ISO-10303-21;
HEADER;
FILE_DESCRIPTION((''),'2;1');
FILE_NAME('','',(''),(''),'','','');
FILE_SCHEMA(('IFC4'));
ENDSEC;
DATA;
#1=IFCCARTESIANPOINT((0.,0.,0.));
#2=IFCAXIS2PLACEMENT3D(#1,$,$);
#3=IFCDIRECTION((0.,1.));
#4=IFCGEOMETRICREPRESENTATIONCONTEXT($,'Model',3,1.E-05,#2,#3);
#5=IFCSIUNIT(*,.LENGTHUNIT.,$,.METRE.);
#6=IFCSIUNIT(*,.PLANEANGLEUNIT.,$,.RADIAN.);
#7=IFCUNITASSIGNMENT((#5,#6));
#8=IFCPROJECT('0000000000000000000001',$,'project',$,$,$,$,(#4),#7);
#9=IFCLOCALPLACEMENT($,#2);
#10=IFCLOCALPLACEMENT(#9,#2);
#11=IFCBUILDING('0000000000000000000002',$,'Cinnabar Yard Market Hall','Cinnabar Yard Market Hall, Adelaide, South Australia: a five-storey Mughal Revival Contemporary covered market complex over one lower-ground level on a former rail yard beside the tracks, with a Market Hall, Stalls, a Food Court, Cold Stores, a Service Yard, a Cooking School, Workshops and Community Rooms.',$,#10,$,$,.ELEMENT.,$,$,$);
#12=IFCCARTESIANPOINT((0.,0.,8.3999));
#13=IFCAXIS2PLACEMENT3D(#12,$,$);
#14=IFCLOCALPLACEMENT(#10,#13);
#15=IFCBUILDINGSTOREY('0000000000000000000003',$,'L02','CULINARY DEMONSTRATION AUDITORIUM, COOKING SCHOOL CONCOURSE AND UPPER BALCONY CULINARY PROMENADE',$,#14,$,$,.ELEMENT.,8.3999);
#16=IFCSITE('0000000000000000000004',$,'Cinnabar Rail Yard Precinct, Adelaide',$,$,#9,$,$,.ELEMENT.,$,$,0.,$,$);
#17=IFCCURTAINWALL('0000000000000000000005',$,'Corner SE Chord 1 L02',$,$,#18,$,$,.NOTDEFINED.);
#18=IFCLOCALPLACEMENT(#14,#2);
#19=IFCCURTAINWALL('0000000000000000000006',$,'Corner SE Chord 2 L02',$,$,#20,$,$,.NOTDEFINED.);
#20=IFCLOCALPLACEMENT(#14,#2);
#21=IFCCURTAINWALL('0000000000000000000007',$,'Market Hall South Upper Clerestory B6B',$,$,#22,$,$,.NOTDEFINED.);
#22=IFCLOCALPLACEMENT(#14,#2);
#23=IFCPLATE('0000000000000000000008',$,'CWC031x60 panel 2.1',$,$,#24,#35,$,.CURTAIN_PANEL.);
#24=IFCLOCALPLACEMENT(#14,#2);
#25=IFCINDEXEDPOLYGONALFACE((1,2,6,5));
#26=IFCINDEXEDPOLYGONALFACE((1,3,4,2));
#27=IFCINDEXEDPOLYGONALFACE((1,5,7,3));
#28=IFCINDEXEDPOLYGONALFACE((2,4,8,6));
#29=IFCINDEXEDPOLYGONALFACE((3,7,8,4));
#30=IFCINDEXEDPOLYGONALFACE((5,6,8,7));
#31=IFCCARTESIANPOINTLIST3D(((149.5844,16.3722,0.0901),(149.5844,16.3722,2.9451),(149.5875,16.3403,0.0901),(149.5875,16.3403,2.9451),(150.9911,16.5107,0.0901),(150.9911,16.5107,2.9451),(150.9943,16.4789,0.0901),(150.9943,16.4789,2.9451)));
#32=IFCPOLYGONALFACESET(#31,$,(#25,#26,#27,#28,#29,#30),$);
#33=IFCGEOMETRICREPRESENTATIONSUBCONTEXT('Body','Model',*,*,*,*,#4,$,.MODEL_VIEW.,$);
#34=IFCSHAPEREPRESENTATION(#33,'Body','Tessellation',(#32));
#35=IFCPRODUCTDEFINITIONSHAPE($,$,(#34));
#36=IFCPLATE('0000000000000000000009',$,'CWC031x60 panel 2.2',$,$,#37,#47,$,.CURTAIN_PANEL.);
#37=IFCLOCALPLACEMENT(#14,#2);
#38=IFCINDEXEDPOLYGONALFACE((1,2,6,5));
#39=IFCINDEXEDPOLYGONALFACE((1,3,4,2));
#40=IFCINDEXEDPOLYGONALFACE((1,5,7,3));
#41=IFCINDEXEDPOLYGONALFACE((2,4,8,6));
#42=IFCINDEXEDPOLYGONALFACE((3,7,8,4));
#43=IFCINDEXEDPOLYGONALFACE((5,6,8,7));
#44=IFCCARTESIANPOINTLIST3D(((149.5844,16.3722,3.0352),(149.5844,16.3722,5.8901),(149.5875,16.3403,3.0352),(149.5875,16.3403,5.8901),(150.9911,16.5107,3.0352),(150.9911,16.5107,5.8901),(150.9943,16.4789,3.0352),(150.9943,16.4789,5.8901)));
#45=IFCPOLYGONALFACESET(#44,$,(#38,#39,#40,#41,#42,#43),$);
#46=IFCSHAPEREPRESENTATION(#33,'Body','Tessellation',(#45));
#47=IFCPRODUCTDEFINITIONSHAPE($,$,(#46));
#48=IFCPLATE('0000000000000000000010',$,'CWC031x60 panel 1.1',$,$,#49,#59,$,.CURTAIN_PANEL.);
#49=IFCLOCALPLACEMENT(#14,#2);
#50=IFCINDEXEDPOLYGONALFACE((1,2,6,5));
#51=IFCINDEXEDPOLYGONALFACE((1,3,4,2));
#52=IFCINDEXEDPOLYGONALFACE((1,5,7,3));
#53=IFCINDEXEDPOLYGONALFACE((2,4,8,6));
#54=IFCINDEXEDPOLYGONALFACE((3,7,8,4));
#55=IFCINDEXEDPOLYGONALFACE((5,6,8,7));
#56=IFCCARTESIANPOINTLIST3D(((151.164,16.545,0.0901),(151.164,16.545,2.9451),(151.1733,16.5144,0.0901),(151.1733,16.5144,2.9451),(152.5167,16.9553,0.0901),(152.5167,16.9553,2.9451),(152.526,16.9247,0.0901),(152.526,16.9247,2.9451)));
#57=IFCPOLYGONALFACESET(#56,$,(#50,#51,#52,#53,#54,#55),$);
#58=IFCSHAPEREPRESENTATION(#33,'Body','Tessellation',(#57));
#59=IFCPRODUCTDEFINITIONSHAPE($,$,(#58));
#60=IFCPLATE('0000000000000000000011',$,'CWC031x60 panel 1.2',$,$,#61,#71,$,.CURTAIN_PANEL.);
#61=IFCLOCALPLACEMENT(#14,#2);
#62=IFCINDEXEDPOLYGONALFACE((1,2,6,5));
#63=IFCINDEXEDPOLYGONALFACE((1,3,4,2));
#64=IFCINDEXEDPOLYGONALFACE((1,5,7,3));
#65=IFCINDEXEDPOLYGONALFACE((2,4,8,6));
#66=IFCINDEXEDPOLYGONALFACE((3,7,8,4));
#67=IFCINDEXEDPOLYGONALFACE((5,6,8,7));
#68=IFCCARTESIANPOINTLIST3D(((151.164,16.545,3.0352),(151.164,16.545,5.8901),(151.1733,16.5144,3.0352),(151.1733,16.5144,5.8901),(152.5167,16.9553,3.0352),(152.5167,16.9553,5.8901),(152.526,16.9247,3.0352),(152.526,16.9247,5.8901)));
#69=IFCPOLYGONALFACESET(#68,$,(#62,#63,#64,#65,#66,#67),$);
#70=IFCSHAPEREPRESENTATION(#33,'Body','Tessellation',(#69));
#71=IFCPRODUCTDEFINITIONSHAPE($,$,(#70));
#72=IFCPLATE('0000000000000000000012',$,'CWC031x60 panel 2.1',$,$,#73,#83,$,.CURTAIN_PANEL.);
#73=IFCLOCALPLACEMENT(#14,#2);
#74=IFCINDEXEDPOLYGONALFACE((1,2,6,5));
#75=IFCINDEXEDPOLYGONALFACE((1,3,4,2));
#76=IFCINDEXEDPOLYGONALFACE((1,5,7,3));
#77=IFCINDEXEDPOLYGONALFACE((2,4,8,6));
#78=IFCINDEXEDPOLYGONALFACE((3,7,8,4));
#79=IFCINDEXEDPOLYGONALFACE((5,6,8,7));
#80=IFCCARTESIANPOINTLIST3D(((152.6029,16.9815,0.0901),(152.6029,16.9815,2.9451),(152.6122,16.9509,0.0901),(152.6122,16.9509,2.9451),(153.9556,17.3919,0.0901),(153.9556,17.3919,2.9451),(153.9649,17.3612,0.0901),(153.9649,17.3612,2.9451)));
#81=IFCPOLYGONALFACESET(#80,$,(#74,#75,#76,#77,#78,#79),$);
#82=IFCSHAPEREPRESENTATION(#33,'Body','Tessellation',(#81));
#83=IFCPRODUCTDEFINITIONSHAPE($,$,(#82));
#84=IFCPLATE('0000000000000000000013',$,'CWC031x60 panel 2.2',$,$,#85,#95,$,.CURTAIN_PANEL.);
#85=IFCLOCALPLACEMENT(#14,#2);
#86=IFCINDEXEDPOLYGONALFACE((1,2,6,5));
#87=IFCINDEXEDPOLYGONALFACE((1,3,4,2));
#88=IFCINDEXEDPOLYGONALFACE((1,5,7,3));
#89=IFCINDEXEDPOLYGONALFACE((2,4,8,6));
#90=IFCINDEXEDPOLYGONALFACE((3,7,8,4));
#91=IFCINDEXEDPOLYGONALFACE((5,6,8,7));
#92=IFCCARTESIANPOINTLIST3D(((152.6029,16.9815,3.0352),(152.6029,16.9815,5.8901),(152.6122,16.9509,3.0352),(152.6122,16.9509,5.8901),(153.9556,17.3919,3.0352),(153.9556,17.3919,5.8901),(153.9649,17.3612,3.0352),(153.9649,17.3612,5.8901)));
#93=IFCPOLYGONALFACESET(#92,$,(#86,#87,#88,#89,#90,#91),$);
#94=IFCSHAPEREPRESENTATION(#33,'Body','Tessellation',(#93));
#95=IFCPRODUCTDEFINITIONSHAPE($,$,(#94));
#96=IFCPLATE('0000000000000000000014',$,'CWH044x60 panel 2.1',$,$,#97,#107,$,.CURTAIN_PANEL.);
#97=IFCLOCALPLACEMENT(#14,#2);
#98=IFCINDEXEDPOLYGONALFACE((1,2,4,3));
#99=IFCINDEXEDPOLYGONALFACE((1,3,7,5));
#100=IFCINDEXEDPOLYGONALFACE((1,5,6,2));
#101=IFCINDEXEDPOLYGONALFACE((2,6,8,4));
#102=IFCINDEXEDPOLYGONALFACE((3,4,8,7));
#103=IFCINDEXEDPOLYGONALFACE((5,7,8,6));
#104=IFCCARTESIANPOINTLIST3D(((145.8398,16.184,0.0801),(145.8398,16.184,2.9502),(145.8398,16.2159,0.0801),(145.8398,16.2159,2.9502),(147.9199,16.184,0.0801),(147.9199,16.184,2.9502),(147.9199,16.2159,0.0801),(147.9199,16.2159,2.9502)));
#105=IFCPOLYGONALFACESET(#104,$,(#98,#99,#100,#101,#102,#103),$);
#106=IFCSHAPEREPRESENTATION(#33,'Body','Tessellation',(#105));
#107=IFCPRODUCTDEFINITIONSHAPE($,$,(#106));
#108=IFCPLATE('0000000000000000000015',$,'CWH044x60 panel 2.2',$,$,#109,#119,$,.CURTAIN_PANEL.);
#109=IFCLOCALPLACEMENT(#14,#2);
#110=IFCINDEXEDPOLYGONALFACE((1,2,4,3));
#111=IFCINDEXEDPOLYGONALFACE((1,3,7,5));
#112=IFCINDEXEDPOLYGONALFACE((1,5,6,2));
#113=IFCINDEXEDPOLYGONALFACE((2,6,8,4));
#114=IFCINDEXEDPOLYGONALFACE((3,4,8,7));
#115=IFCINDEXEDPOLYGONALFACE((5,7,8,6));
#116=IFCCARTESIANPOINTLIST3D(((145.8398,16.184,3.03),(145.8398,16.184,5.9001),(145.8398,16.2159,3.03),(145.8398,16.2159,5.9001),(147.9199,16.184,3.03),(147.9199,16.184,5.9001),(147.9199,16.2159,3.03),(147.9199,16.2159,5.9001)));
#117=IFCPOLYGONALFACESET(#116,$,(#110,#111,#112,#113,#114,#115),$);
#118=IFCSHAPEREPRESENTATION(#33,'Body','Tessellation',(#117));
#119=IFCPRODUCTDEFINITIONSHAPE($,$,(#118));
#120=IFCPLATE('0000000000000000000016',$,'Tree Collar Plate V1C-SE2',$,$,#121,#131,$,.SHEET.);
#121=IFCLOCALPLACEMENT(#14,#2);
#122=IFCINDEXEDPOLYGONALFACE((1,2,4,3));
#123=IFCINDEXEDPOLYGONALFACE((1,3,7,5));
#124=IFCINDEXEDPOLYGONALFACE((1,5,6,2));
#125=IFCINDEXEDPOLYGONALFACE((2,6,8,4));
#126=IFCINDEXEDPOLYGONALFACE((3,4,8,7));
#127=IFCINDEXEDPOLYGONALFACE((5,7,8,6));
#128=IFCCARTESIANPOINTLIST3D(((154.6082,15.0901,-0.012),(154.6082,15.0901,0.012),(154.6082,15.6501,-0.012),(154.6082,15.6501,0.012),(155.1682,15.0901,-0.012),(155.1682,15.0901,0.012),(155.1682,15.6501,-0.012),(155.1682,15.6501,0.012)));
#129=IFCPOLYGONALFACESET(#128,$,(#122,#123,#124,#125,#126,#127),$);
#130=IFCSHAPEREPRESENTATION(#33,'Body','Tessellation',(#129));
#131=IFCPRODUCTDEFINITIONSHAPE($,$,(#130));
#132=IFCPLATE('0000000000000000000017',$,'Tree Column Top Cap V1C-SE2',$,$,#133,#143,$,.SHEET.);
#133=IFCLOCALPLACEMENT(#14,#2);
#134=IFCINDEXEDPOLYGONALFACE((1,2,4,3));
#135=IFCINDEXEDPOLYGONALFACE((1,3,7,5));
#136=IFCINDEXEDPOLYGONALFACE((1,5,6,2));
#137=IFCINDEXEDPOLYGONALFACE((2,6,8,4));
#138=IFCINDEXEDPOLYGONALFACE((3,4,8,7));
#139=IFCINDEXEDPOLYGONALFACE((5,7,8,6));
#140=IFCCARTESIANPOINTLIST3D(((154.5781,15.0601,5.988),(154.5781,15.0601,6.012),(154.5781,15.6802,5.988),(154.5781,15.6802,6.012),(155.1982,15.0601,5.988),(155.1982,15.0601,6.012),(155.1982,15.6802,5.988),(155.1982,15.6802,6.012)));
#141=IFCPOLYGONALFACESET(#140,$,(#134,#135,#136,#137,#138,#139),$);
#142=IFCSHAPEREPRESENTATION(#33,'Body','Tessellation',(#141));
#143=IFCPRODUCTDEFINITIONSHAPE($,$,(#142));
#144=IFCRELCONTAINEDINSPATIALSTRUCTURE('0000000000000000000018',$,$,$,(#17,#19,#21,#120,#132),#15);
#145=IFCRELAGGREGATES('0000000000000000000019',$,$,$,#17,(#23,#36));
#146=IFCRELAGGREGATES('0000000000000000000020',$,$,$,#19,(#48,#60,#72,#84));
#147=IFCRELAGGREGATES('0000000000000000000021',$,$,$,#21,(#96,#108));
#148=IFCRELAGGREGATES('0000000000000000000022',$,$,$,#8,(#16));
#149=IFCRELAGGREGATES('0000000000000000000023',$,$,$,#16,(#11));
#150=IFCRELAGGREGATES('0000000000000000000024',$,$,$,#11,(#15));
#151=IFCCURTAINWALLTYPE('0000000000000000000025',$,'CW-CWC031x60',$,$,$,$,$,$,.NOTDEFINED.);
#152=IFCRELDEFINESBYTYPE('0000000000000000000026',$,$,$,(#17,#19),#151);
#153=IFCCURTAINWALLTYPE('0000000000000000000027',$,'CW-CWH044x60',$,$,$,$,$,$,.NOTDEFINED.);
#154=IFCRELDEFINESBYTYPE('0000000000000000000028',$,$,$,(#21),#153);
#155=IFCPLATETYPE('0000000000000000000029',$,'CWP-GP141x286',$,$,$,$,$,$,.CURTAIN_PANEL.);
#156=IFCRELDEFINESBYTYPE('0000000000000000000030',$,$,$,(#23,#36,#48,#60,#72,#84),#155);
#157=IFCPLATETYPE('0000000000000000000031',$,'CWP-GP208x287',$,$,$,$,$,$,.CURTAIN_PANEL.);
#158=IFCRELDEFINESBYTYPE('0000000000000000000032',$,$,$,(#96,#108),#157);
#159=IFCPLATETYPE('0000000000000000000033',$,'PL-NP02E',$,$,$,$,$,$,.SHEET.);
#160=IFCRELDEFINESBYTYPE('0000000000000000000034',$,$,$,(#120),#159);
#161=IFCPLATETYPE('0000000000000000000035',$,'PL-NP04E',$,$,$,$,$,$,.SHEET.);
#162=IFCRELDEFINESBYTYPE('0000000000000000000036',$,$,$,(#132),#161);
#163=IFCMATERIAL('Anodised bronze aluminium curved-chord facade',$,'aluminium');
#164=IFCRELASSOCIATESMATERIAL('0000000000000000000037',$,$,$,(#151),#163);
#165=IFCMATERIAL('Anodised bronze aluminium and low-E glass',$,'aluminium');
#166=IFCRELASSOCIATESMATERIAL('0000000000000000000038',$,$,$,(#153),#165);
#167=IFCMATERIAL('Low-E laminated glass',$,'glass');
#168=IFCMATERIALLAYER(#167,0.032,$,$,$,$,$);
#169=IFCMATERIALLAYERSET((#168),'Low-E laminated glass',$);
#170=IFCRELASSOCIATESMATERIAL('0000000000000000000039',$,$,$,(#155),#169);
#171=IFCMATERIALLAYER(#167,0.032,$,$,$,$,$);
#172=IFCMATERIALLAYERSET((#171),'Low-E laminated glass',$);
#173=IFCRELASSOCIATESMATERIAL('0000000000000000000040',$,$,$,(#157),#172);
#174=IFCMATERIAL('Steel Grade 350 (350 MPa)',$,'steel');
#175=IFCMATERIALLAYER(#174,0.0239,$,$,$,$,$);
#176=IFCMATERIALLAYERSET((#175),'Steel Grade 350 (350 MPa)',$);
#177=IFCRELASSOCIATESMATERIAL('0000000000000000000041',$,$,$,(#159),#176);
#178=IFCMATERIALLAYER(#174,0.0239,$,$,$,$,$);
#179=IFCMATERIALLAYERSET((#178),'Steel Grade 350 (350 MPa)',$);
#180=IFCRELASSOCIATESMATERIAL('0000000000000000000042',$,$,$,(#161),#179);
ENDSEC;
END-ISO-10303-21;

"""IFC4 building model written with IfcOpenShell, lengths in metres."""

from ifc_helpers import new_model, si_unit, direction, frame, origin, origin_2d_with_axis, place, context, subcontext, project, spatial, rectangle, extrude, material, layer, layer_set, type_object, element, aggregate, save


model = new_model("IFC4")

# Units and contexts
model_context = context("Model", 3, precision=1e-05, world=origin(), true_north=direction((0.0, 1.0)))
body_context = subcontext(model_context, "Body", "Model", "MODEL_VIEW")
ifc_project = project(units=[si_unit("LENGTHUNIT", "METRE"), si_unit("PLANEANGLEUNIT", "RADIAN")], contexts=[model_context])

# Site, building, storey
site_placement = place(None, origin())
site = spatial("IfcSite", under=ifc_project, at=site_placement, Name="Cinnabar Rail Yard Precinct, Adelaide", CompositionType="ELEMENT", RefElevation=0.0)
building_placement = place(site_placement, origin())
building = spatial("IfcBuilding", under=site, at=building_placement, Name="Cinnabar Yard Market Hall", Description="Cinnabar Yard Market Hall, Adelaide, South Australia: a five-storey Mughal Revival Contemporary covered market complex over one lower-ground level on a former rail yard beside the tracks, with a Market Hall, Stalls, a Food Court, Cold Stores, a Service Yard, a Cooking School, Workshops and Community Rooms.", CompositionType="ELEMENT")
storey_placement = place(building_placement, frame((0.0, 0.0, 8.3999)))
storey = spatial("IfcBuildingStorey", under=building, at=storey_placement, Name="L02", Description="CULINARY DEMONSTRATION AUDITORIUM, COOKING SCHOOL CONCOURSE AND UPPER BALCONY CULINARY PROMENADE", CompositionType="ELEMENT", Elevation=8.3999)

# Curtain walls
ifc_material_1 = material(Name="Anodised bronze aluminium curved-chord facade", Category="aluminium")
curtain_wall_type_1 = type_object("IfcCurtainWallType", Name="CW-CWC031x60", PredefinedType="NOTDEFINED", material=ifc_material_1)
curtain_wall_1_placement = place(storey_placement, origin())
curtain_wall_1 = element("IfcCurtainWall", 1, at=curtain_wall_1_placement, inside=storey, type_object=curtain_wall_type_1, Name="Corner SE Chord 1 L02", PredefinedType="NOTDEFINED")
curtain_wall_2_placement = place(storey_placement, origin())
curtain_wall_2 = element("IfcCurtainWall", 2, at=curtain_wall_2_placement, inside=storey, type_object=curtain_wall_type_1, Name="Corner SE Chord 2 L02", PredefinedType="NOTDEFINED")

# Curtain wall
ifc_material_2 = material(Name="Anodised bronze aluminium and low-E glass", Category="aluminium")
curtain_wall_type_2 = type_object("IfcCurtainWallType", Name="CW-CWH044x60", PredefinedType="NOTDEFINED", material=ifc_material_2)
curtain_wall_3_placement = place(storey_placement, origin())
curtain_wall_3 = element("IfcCurtainWall", 3, at=curtain_wall_3_placement, inside=storey, type_object=curtain_wall_type_2, Name="Market Hall South Upper Clerestory B6B", PredefinedType="NOTDEFINED")

# Plates
ifc_material_3 = material(Name="Low-E laminated glass", Category="glass")
ifc_layer_1 = layer(ifc_material_3, 0.032)
ifc_layer_set_1 = layer_set([ifc_layer_1], Name="Low-E laminated glass")
plate_type_1 = type_object("IfcPlateType", Name="CWP-GP141x286", PredefinedType="CURTAIN_PANEL", material=ifc_layer_set_1)
plate_1_placement = place(storey_placement, frame((150.2893, 16.4255, 0.0901), z_axis=(0.0, 0.0, 1.0), x_axis=(0.995184, 0.09802, 0.0)))
plate_1 = element("IfcPlate", 4, at=plate_1_placement, type_object=plate_type_1, Name="CWC031x60 panel 2.1", PredefinedType="CURTAIN_PANEL", context=body_context, shape_type="SweptSolid", body=[
    extrude(rectangle(XDim=1.4136, YDim=0.032, at=origin_2d_with_axis()), origin(), (0.0, 0.0, 1.0), 2.855),
])
plate_2_placement = place(storey_placement, frame((150.2893, 16.4255, 3.0352), z_axis=(0.0, 0.0, 1.0), x_axis=(0.995184, 0.09802, 0.0)))
plate_2 = element("IfcPlate", 5, at=plate_2_placement, type_object=plate_type_1, Name="CWC031x60 panel 2.2", PredefinedType="CURTAIN_PANEL", context=body_context, shape_type="SweptSolid", body=[
    extrude(rectangle(XDim=1.4136, YDim=0.032, at=origin_2d_with_axis()), origin(), (0.0, 0.0, 1.0), 2.855),
])
aggregate(curtain_wall_1, [plate_1, plate_2])
plate_3_placement = place(storey_placement, frame((151.845, 16.7349, 0.0901), z_axis=(0.0, 0.0, 1.0), x_axis=(0.956942, 0.290279, 0.0)))
plate_3 = element("IfcPlate", 6, at=plate_3_placement, type_object=plate_type_1, Name="CWC031x60 panel 1.1", PredefinedType="CURTAIN_PANEL", context=body_context, shape_type="SweptSolid", body=[
    extrude(rectangle(XDim=1.4136, YDim=0.032, at=origin_2d_with_axis()), origin(), (0.0, 0.0, 1.0), 2.855),
])
plate_4_placement = place(storey_placement, frame((151.845, 16.7349, 3.0352), z_axis=(0.0, 0.0, 1.0), x_axis=(0.956942, 0.290279, 0.0)))
plate_4 = element("IfcPlate", 7, at=plate_4_placement, type_object=plate_type_1, Name="CWC031x60 panel 1.2", PredefinedType="CURTAIN_PANEL", context=body_context, shape_type="SweptSolid", body=[
    extrude(rectangle(XDim=1.4136, YDim=0.032, at=origin_2d_with_axis()), origin(), (0.0, 0.0, 1.0), 2.855),
])
plate_5_placement = place(storey_placement, frame((153.2839, 17.1714, 0.0901), z_axis=(0.0, 0.0, 1.0), x_axis=(0.956942, 0.290279, 0.0)))
plate_5 = element("IfcPlate", 8, at=plate_5_placement, type_object=plate_type_1, Name="CWC031x60 panel 2.1", PredefinedType="CURTAIN_PANEL", context=body_context, shape_type="SweptSolid", body=[
    extrude(rectangle(XDim=1.4136, YDim=0.032, at=origin_2d_with_axis()), origin(), (0.0, 0.0, 1.0), 2.855),
])
plate_6_placement = place(storey_placement, frame((153.2839, 17.1714, 3.0352), z_axis=(0.0, 0.0, 1.0), x_axis=(0.956942, 0.290279, 0.0)))
plate_6 = element("IfcPlate", 9, at=plate_6_placement, type_object=plate_type_1, Name="CWC031x60 panel 2.2", PredefinedType="CURTAIN_PANEL", context=body_context, shape_type="SweptSolid", body=[
    extrude(rectangle(XDim=1.4136, YDim=0.032, at=origin_2d_with_axis()), origin(), (0.0, 0.0, 1.0), 2.855),
])
aggregate(curtain_wall_2, [plate_3, plate_4, plate_5, plate_6])
ifc_layer_2 = layer(ifc_material_3, 0.032)
ifc_layer_set_2 = layer_set([ifc_layer_2], Name="Low-E laminated glass")
plate_type_2 = type_object("IfcPlateType", Name="CWP-GP208x287", PredefinedType="CURTAIN_PANEL", material=ifc_layer_set_2)
plate_7_placement = place(storey_placement, frame((146.8799, 16.2, 0.0801), z_axis=(0.0, 0.0, 1.0), x_axis=(1.0, 0.0, 0.0)))
plate_7 = element("IfcPlate", 10, at=plate_7_placement, type_object=plate_type_2, Name="CWH044x60 panel 2.1", PredefinedType="CURTAIN_PANEL", context=body_context, shape_type="SweptSolid", body=[
    extrude(rectangle(XDim=2.0801, YDim=0.032, at=origin_2d_with_axis()), origin(), (0.0, 0.0, 1.0), 2.8701),
])
plate_8_placement = place(storey_placement, frame((146.8799, 16.2, 3.03), z_axis=(0.0, 0.0, 1.0), x_axis=(1.0, 0.0, 0.0)))
plate_8 = element("IfcPlate", 11, at=plate_8_placement, type_object=plate_type_2, Name="CWH044x60 panel 2.2", PredefinedType="CURTAIN_PANEL", context=body_context, shape_type="SweptSolid", body=[
    extrude(rectangle(XDim=2.0801, YDim=0.032, at=origin_2d_with_axis()), origin(), (0.0, 0.0, 1.0), 2.8701),
])
aggregate(curtain_wall_3, [plate_7, plate_8])

# Plates
ifc_material_4 = material(Name="Steel Grade 350 (350 MPa)", Category="steel")
ifc_layer_3 = layer(ifc_material_4, 0.0239)
ifc_layer_set_3 = layer_set([ifc_layer_3], Name="Steel Grade 350 (350 MPa)")
plate_type_3 = type_object("IfcPlateType", Name="PL-NP02E", PredefinedType="SHEET", material=ifc_layer_set_3)
plate_9_placement = place(storey_placement, frame((154.8882, 15.3701, -0.012), z_axis=(0.0, 0.0, 1.0), x_axis=(1.0, 0.0, 0.0)))
element("IfcPlate", 12, at=plate_9_placement, inside=storey, type_object=plate_type_3, Name="Tree Collar Plate V1C-SE2", PredefinedType="SHEET", context=body_context, shape_type="SweptSolid", body=[
    extrude(rectangle(XDim=0.5601, YDim=0.5601, at=origin_2d_with_axis()), origin(), (0.0, 0.0, 1.0), 0.0239),
])
ifc_layer_4 = layer(ifc_material_4, 0.0239)
ifc_layer_set_4 = layer_set([ifc_layer_4], Name="Steel Grade 350 (350 MPa)")
plate_type_4 = type_object("IfcPlateType", Name="PL-NP04E", PredefinedType="SHEET", material=ifc_layer_set_4)
plate_10_placement = place(storey_placement, frame((154.8882, 15.3701, 5.988), z_axis=(0.0, 0.0, 1.0), x_axis=(1.0, 0.0, 0.0)))
element("IfcPlate", 13, at=plate_10_placement, inside=storey, type_object=plate_type_4, Name="Tree Column Top Cap V1C-SE2", PredefinedType="SHEET", context=body_context, shape_type="SweptSolid", body=[
    extrude(rectangle(XDim=0.6201, YDim=0.6201, at=origin_2d_with_axis()), origin(), (0.0, 0.0, 1.0), 0.0239),
])

save(model, "model.ifc")
